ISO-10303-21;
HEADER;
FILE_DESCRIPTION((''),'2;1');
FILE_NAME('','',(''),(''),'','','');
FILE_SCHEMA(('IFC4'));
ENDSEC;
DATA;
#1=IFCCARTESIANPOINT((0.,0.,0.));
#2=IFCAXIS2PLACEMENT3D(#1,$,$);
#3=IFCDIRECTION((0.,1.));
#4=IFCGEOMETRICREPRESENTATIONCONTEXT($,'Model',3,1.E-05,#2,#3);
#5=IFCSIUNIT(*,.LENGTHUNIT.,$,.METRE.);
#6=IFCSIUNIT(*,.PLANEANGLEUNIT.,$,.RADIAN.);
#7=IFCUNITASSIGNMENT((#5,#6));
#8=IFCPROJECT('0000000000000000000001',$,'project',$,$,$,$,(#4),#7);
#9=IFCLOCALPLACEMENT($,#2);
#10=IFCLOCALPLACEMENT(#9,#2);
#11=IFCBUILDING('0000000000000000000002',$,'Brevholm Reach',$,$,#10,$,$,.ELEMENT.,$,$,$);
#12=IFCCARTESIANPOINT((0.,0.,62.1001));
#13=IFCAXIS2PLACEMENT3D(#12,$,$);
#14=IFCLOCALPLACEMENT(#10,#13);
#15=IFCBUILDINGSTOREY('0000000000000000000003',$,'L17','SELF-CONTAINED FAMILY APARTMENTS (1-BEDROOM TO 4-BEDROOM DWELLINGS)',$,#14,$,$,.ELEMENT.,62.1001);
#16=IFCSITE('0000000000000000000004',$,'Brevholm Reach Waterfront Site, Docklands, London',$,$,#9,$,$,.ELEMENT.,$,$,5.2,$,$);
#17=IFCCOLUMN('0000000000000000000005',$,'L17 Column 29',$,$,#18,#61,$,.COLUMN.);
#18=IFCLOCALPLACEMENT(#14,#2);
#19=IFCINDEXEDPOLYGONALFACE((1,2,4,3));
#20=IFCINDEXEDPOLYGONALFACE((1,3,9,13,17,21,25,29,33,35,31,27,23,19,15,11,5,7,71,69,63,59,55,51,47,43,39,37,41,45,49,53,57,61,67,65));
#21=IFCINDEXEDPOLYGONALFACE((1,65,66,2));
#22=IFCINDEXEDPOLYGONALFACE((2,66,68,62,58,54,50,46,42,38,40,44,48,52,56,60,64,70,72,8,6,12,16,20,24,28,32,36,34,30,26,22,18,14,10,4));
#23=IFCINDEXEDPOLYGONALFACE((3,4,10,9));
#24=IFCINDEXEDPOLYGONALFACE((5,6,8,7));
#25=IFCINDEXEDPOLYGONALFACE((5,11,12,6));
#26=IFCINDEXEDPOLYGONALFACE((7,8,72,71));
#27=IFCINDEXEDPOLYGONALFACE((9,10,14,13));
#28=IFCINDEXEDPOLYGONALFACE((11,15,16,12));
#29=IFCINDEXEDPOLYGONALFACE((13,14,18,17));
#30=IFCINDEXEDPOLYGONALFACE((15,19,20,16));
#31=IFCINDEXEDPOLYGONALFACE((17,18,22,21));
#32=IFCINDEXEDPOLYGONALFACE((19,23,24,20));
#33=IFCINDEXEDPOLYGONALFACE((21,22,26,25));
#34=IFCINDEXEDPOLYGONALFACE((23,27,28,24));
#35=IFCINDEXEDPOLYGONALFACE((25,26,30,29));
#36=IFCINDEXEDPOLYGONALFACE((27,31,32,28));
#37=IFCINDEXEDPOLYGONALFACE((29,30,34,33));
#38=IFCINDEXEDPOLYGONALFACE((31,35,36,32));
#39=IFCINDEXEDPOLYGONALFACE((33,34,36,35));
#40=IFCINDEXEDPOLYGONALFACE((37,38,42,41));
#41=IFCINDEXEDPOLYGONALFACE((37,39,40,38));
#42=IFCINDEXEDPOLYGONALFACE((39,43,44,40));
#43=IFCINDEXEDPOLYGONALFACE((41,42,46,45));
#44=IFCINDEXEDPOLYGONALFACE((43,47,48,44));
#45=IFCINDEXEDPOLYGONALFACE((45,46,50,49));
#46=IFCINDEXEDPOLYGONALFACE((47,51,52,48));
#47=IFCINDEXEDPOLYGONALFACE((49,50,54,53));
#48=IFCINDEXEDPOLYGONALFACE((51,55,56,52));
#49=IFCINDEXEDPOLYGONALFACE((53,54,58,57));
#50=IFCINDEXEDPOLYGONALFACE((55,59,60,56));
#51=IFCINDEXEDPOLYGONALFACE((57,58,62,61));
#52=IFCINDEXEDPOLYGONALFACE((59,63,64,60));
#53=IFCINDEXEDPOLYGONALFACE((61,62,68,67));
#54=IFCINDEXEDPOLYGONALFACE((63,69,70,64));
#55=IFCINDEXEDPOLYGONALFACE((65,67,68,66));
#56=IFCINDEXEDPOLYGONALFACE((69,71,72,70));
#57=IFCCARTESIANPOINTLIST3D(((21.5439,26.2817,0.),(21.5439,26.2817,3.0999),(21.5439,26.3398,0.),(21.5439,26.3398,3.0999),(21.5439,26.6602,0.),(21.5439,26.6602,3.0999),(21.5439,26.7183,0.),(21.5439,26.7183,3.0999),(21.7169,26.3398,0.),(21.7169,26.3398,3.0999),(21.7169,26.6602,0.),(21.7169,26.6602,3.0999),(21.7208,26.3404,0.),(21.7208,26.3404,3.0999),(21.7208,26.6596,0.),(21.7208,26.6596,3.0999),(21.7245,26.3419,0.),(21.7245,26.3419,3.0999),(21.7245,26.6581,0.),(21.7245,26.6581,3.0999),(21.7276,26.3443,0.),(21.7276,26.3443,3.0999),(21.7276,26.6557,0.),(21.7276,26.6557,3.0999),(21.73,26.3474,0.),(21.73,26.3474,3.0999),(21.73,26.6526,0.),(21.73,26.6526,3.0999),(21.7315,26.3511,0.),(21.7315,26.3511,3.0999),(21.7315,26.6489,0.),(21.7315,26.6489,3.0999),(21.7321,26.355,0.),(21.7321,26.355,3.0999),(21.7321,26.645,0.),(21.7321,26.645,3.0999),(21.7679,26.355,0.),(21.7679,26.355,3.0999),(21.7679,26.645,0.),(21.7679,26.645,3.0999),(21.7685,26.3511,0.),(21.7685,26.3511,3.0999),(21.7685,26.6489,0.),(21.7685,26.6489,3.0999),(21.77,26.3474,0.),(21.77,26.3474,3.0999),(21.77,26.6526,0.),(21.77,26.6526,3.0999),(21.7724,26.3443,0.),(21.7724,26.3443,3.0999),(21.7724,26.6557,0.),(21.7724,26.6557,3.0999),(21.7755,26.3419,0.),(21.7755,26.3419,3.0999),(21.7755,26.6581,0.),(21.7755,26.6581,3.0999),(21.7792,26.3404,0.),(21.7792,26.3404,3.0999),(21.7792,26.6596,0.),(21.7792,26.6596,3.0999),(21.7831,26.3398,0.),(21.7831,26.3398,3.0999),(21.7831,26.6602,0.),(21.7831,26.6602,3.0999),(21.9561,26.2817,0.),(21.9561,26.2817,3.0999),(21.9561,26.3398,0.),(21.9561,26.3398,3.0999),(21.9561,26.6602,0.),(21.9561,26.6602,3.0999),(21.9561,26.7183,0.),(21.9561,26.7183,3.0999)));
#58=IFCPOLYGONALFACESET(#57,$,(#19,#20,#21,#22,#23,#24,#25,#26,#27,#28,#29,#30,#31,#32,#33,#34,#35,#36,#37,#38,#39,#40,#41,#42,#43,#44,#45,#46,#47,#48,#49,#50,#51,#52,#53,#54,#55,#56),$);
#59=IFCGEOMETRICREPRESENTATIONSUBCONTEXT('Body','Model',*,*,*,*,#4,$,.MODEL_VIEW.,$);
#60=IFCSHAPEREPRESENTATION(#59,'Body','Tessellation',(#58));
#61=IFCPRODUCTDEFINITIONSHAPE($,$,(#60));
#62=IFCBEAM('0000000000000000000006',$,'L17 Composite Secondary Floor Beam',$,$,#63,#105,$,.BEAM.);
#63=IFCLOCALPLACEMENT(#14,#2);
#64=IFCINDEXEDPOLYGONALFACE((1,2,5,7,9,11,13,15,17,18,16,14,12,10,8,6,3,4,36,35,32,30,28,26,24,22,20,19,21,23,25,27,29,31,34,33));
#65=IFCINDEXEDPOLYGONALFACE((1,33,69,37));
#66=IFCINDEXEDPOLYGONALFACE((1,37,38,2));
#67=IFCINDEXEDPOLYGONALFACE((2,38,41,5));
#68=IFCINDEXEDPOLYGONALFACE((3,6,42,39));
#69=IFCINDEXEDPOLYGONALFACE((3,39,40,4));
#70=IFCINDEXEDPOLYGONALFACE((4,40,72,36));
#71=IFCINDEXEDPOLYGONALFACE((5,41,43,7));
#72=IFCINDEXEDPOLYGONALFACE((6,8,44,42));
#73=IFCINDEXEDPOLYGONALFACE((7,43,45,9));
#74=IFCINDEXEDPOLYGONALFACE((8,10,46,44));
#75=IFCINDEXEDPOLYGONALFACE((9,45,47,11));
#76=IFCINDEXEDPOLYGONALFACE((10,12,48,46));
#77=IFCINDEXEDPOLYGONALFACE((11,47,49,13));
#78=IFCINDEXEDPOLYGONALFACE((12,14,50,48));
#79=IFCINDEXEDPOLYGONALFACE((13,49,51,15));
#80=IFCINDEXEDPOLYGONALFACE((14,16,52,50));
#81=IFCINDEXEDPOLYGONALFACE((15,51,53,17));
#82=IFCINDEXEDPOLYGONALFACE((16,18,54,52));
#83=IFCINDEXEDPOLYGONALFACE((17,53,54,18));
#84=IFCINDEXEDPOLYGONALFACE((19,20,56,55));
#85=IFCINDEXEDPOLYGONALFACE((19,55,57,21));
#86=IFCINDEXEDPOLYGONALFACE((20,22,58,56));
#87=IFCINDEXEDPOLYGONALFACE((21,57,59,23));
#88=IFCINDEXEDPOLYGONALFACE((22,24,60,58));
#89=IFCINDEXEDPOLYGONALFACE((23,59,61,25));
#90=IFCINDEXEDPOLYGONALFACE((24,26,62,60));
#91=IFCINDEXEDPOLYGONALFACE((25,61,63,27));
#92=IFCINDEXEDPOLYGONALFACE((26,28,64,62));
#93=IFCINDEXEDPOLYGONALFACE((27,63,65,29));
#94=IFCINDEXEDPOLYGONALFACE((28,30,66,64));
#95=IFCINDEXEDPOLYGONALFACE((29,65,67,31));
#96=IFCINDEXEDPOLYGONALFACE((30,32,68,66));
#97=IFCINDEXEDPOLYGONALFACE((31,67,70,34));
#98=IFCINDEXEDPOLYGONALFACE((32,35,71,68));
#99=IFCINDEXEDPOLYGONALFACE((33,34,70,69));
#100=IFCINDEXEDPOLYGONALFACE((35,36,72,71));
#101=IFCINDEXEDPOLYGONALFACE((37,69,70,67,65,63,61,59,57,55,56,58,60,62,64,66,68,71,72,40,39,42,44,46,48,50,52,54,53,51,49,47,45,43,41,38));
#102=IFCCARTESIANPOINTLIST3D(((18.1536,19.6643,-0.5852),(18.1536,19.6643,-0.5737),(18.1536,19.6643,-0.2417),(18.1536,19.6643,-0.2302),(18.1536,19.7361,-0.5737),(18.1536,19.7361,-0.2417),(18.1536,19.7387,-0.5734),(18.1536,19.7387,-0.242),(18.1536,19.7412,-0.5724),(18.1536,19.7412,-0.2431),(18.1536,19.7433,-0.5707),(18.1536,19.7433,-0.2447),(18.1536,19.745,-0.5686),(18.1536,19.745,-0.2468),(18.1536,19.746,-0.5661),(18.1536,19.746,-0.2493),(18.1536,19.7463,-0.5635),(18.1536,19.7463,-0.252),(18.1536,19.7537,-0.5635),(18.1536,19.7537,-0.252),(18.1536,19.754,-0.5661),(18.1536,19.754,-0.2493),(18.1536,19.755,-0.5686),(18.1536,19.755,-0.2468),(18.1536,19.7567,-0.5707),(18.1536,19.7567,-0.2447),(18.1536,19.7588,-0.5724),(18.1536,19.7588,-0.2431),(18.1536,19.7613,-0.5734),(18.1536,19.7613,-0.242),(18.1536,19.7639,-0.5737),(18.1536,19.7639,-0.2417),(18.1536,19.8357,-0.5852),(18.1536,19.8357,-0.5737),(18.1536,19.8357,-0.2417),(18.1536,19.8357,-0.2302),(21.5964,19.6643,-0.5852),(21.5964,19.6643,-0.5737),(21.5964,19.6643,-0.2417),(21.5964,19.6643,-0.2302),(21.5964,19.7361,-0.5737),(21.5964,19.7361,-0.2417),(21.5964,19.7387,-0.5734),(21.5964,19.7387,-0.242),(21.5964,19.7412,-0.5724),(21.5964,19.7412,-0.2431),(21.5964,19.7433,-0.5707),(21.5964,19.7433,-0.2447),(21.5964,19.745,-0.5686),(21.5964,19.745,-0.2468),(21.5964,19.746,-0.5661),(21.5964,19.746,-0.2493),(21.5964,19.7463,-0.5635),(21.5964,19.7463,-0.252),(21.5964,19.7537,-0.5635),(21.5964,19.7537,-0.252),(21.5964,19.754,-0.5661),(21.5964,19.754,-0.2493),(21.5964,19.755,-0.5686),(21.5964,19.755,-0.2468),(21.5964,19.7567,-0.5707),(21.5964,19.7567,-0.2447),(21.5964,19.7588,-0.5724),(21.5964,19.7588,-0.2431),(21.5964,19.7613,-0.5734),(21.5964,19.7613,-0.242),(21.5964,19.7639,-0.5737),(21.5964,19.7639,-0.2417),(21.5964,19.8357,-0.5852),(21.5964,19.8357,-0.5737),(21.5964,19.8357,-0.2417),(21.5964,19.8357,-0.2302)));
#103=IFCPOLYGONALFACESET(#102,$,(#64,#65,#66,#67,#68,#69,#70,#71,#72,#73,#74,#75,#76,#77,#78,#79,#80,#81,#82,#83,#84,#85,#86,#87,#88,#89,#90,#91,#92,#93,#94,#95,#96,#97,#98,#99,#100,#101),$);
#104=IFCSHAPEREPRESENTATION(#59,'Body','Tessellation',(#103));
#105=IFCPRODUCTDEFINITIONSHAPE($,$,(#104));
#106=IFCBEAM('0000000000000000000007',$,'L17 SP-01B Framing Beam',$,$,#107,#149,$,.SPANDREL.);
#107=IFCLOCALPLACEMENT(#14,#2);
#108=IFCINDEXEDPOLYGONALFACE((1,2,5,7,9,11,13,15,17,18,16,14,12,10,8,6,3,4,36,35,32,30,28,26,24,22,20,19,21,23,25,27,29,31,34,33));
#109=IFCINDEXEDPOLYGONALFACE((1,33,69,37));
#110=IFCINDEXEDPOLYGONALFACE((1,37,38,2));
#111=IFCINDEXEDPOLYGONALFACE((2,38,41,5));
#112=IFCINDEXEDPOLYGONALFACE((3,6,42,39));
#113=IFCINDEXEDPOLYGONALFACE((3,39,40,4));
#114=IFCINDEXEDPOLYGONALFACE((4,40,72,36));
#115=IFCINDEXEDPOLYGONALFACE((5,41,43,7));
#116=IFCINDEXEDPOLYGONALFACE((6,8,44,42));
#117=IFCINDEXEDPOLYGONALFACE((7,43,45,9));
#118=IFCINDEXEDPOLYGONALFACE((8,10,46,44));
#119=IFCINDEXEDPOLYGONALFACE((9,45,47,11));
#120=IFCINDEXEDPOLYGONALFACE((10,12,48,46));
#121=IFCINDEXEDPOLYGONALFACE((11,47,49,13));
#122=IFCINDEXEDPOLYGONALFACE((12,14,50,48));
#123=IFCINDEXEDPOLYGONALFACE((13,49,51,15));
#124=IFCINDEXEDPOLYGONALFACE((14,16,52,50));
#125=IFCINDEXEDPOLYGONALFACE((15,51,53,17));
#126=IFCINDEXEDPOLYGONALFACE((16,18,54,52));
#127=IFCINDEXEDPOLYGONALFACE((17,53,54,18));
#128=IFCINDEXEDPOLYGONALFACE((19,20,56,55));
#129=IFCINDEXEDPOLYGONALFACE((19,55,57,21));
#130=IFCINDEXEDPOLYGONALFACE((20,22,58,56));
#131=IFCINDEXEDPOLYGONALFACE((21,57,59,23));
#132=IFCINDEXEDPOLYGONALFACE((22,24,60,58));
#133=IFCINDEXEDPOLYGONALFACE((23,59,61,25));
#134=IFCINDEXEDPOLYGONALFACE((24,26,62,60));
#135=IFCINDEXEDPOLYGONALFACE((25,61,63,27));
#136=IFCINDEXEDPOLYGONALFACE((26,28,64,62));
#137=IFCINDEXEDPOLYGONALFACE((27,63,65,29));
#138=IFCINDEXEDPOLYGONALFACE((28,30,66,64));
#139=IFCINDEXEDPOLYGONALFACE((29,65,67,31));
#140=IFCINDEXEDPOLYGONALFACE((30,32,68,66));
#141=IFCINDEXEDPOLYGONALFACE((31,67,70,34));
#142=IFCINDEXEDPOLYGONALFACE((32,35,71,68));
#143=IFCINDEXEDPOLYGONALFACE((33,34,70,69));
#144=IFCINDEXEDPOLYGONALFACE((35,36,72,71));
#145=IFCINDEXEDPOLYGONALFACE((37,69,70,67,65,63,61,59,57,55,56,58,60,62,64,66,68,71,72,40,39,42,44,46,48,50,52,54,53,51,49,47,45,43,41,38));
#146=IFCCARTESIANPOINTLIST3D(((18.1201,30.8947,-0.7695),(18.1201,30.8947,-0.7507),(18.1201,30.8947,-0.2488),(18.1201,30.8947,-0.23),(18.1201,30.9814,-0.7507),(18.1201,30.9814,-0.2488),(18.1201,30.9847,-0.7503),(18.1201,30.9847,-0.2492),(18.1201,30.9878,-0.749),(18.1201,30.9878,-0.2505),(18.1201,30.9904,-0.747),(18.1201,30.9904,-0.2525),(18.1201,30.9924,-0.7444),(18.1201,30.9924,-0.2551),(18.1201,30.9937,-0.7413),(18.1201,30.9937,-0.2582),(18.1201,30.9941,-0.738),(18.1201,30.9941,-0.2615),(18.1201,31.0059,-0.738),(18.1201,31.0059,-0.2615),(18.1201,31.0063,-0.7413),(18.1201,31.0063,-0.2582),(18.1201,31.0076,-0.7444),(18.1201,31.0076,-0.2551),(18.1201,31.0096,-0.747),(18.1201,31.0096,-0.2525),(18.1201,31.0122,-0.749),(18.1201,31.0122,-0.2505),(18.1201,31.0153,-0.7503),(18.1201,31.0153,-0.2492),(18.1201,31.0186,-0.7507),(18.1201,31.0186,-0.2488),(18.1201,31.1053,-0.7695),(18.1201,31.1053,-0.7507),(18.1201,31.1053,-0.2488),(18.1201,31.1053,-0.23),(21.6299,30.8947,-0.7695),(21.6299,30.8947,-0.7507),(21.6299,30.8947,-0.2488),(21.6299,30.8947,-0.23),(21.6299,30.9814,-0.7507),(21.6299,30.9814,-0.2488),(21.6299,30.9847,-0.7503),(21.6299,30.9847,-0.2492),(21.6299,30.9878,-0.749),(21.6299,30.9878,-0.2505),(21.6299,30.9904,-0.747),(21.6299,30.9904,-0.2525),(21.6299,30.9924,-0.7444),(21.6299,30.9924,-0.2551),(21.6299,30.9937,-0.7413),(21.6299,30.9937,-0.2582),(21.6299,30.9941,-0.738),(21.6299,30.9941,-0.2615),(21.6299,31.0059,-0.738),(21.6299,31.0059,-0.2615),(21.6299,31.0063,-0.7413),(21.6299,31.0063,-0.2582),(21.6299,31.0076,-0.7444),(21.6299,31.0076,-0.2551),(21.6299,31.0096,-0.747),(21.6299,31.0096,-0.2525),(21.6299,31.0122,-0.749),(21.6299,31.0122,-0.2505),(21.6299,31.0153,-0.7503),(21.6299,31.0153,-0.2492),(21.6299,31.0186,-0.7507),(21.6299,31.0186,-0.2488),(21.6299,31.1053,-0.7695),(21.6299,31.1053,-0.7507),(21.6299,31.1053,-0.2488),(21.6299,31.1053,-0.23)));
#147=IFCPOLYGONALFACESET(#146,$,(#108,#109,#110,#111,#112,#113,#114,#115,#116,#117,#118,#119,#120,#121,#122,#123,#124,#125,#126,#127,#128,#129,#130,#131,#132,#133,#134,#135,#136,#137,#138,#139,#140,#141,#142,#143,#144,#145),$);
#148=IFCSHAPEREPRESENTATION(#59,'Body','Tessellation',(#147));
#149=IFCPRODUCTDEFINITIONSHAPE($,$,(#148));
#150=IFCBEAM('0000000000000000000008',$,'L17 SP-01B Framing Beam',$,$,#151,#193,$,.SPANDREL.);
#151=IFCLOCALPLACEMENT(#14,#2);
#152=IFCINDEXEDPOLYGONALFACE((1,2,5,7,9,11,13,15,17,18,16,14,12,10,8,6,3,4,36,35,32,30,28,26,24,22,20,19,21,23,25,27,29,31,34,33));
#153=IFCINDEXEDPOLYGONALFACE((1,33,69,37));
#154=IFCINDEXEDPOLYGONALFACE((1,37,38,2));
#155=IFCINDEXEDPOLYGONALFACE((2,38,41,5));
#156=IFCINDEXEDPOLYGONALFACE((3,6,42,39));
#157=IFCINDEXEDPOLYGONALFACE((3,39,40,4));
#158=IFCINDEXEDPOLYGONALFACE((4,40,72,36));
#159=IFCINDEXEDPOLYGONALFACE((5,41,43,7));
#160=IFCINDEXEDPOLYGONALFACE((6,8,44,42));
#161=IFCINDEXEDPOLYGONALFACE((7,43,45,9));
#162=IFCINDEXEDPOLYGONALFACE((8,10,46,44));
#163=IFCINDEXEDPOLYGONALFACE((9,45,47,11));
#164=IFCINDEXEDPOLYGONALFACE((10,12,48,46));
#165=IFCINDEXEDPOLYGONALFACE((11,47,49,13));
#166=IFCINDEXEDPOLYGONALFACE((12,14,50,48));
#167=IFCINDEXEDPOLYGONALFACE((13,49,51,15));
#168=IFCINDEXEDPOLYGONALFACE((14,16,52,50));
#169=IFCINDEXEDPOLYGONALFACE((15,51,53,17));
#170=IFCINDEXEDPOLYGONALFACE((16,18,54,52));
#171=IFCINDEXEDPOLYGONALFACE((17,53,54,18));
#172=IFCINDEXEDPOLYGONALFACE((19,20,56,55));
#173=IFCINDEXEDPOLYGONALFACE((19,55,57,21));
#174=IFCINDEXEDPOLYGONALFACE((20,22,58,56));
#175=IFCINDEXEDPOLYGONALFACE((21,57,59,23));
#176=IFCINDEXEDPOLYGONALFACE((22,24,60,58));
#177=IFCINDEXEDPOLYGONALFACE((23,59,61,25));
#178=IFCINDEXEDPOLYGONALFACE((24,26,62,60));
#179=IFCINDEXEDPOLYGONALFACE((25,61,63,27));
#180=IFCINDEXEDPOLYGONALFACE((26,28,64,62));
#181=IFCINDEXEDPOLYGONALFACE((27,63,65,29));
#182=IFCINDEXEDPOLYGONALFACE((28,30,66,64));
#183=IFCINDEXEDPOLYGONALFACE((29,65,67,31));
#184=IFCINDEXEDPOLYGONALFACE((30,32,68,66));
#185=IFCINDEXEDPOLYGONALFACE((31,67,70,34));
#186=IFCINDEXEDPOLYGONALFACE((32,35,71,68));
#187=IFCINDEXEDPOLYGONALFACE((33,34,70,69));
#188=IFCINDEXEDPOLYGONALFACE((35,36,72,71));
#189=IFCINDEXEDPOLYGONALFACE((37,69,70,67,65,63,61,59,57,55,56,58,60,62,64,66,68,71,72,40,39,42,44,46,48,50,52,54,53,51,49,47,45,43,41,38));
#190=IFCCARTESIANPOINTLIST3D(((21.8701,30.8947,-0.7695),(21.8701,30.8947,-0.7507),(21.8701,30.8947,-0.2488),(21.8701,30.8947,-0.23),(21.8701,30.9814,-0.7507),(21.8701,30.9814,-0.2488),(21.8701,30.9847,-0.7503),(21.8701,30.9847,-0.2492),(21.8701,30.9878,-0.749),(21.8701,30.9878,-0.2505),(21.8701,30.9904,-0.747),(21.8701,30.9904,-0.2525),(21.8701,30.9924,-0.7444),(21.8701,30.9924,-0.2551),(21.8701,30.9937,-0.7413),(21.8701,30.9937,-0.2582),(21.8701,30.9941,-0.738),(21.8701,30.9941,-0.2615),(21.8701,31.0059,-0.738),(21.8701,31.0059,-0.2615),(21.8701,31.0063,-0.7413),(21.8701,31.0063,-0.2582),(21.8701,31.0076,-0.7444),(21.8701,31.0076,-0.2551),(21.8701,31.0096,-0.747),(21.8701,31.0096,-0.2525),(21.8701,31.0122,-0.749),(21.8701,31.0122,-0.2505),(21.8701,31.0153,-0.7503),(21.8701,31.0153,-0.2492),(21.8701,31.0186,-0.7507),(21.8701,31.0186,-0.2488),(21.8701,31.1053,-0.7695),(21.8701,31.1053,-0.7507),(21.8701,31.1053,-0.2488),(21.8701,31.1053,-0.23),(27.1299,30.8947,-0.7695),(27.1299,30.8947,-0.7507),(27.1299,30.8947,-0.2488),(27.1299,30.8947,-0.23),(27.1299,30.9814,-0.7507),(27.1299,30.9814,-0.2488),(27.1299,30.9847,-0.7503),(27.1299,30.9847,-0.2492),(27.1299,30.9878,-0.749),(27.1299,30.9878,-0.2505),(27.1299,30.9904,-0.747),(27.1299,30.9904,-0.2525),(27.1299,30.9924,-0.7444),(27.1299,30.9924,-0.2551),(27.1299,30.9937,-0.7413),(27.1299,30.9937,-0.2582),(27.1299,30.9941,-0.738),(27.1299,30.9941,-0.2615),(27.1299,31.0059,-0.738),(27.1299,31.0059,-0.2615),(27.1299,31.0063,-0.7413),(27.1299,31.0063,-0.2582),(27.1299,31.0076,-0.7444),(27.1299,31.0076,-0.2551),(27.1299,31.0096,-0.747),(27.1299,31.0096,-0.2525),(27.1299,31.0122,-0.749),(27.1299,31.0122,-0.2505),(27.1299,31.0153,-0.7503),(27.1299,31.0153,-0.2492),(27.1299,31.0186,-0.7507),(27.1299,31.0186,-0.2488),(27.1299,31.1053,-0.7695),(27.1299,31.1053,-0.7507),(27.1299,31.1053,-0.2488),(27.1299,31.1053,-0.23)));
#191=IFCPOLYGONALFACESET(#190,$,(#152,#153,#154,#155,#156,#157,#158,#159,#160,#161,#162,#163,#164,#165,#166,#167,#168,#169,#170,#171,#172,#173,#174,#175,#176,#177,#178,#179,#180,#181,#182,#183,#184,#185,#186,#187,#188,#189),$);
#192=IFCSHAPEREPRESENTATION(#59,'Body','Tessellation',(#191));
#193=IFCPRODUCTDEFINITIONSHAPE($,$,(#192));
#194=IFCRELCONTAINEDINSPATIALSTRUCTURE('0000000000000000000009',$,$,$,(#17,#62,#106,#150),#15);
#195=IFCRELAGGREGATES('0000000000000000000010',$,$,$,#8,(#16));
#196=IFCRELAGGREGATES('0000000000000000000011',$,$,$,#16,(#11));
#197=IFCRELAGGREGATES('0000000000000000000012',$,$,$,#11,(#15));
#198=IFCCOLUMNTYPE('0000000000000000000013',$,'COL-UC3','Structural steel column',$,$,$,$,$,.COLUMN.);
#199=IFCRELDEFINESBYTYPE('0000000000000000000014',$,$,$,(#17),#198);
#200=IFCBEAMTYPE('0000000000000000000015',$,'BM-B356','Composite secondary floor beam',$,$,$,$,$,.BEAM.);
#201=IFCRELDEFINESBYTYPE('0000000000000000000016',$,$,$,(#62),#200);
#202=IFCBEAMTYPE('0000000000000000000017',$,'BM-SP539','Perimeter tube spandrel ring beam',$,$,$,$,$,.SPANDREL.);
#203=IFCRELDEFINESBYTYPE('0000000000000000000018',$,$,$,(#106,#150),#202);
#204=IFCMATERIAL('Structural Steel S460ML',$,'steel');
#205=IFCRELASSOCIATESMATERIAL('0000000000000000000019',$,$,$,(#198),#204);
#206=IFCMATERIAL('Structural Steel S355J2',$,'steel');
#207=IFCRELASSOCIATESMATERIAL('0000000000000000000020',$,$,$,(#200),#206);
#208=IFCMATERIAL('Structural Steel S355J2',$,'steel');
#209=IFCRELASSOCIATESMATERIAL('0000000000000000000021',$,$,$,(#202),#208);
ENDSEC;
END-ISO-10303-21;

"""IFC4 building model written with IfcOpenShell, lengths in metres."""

from ifc_helpers import new_model, si_unit, direction, frame, origin, origin_2d, place, context, subcontext, project, spatial, i_section, extrude, material, material_profile, profile_set, type_object, element, save


model = new_model("IFC4")

# Units and contexts
model_context = context("Model", 3, precision=1e-05, world=origin(), true_north=direction((0.0, 1.0)))
body_context = subcontext(model_context, "Body", "Model", "MODEL_VIEW")
ifc_project = project(units=[si_unit("LENGTHUNIT", "METRE"), si_unit("PLANEANGLEUNIT", "RADIAN")], contexts=[model_context])

# Site, building, storey
site_placement = place(None, origin())
site = spatial("IfcSite", under=ifc_project, at=site_placement, Name="Brevholm Reach Waterfront Site, Docklands, London", CompositionType="ELEMENT", RefElevation=5.2)
building_placement = place(site_placement, origin())
building = spatial("IfcBuilding", under=site, at=building_placement, Name="Brevholm Reach", CompositionType="ELEMENT")
storey_placement = place(building_placement, frame((0.0, 0.0, 62.1001)))
storey = spatial("IfcBuildingStorey", under=building, at=storey_placement, Name="L17", Description="SELF-CONTAINED FAMILY APARTMENTS (1-BEDROOM TO 4-BEDROOM DWELLINGS)", CompositionType="ELEMENT", Elevation=62.1001)

# Column
ifc_material_1 = material(Name="Structural Steel S460ML", Category="steel")
ifc_material_profile_1 = material_profile(ifc_material_1, i_section(OverallWidth=0.4121, OverallDepth=0.4365, WebThickness=0.0359, FlangeThickness=0.0581, FilletRadius=0.0151, at=origin_2d()), Name="UKC 356x406x467")
ifc_profile_set_1 = profile_set([ifc_material_profile_1], Name="Structural Steel S460ML")
column_type_1 = type_object("IfcColumnType", Name="COL-UC3", Description="Structural steel column", PredefinedType="COLUMN", material=ifc_profile_set_1)
for number, where, z_axis, x_axis, name in (
    (1, (21.75, 26.5, 0.0), (0.0, 0.0, 1.0), (1.0, 0.0, 0.0), "L17 Column 29"),
):
    element("IfcColumn", number, at=place(storey_placement, frame(where, z_axis=z_axis, x_axis=x_axis)), inside=storey, type_object=column_type_1, Name=name, PredefinedType="COLUMN", context=body_context, shape_type="SweptSolid", body=[
        extrude(i_section(OverallWidth=0.4121, OverallDepth=0.4365, WebThickness=0.0359, FlangeThickness=0.0581, FilletRadius=0.0151, at=origin_2d()), origin(), (0.0, 0.0, 1.0), 3.0999),
    ])

# Beams
ifc_material_2 = material(Name="Structural Steel S355J2", Category="steel")
ifc_material_profile_2 = material_profile(ifc_material_2, i_section(OverallWidth=0.1714, OverallDepth=0.355, WebThickness=0.0073, FlangeThickness=0.0115, FilletRadius=0.0103, at=origin_2d()), Name="UKB 356x171x51")
ifc_profile_set_2 = profile_set([ifc_material_profile_2], Name="Structural Steel S355J2")
beam_type_1 = type_object("IfcBeamType", Name="BM-B356", Description="Composite secondary floor beam", PredefinedType="BEAM", material=ifc_profile_set_2)
beam_1_placement = place(storey_placement, frame((18.1536, 19.75, -0.4077), z_axis=(1.0, 0.0, 0.0), x_axis=(0.0, 1.0, 0.0)))
element("IfcBeam", 2, at=beam_1_placement, inside=storey, type_object=beam_type_1, Name="L17 Composite Secondary Floor Beam", PredefinedType="BEAM", context=body_context, shape_type="SweptSolid", body=[
    extrude(i_section(OverallWidth=0.1714, OverallDepth=0.355, WebThickness=0.0073, FlangeThickness=0.0115, FilletRadius=0.0103, at=origin_2d()), origin(), (0.0, 0.0, 1.0), 3.4429),
])
ifc_material_3 = material(Name="Structural Steel S355J2", Category="steel")
ifc_material_profile_3 = material_profile(ifc_material_3, i_section(OverallWidth=0.2107, OverallDepth=0.5396, WebThickness=0.0117, FlangeThickness=0.0188, FilletRadius=0.0127, at=origin_2d()), Name="UKB 533x210x109")
ifc_profile_set_3 = profile_set([ifc_material_profile_3], Name="Structural Steel S355J2")
beam_type_2 = type_object("IfcBeamType", Name="BM-SP539", Description="Perimeter tube spandrel ring beam", PredefinedType="SPANDREL", material=ifc_profile_set_3)
beam_2_placement = place(storey_placement, frame((18.1201, 31.0, -0.4998), z_axis=(1.0, 0.0, 0.0), x_axis=(0.0, 1.0, 0.0)))
element("IfcBeam", 3, at=beam_2_placement, inside=storey, type_object=beam_type_2, Name="L17 SP-01B Framing Beam", PredefinedType="SPANDREL", context=body_context, shape_type="SweptSolid", body=[
    extrude(i_section(OverallWidth=0.2107, OverallDepth=0.5396, WebThickness=0.0117, FlangeThickness=0.0188, FilletRadius=0.0127, at=origin_2d()), origin(), (0.0, 0.0, 1.0), 3.5098),
])
for number, where, z_axis, x_axis, name in (
    (4, (21.8701, 31.0, -0.4998), (1.0, 0.0, 0.0), (0.0, 1.0, 0.0), "L17 SP-01B Framing Beam"),
):
    element("IfcBeam", number, at=place(storey_placement, frame(where, z_axis=z_axis, x_axis=x_axis)), inside=storey, type_object=beam_type_2, Name=name, PredefinedType="SPANDREL", context=body_context, shape_type="SweptSolid", body=[
        extrude(i_section(OverallWidth=0.2107, OverallDepth=0.5396, WebThickness=0.0117, FlangeThickness=0.0188, FilletRadius=0.0127, at=origin_2d()), origin(), (0.0, 0.0, 1.0), 5.2598),
    ])

save(model, "model.ifc")
